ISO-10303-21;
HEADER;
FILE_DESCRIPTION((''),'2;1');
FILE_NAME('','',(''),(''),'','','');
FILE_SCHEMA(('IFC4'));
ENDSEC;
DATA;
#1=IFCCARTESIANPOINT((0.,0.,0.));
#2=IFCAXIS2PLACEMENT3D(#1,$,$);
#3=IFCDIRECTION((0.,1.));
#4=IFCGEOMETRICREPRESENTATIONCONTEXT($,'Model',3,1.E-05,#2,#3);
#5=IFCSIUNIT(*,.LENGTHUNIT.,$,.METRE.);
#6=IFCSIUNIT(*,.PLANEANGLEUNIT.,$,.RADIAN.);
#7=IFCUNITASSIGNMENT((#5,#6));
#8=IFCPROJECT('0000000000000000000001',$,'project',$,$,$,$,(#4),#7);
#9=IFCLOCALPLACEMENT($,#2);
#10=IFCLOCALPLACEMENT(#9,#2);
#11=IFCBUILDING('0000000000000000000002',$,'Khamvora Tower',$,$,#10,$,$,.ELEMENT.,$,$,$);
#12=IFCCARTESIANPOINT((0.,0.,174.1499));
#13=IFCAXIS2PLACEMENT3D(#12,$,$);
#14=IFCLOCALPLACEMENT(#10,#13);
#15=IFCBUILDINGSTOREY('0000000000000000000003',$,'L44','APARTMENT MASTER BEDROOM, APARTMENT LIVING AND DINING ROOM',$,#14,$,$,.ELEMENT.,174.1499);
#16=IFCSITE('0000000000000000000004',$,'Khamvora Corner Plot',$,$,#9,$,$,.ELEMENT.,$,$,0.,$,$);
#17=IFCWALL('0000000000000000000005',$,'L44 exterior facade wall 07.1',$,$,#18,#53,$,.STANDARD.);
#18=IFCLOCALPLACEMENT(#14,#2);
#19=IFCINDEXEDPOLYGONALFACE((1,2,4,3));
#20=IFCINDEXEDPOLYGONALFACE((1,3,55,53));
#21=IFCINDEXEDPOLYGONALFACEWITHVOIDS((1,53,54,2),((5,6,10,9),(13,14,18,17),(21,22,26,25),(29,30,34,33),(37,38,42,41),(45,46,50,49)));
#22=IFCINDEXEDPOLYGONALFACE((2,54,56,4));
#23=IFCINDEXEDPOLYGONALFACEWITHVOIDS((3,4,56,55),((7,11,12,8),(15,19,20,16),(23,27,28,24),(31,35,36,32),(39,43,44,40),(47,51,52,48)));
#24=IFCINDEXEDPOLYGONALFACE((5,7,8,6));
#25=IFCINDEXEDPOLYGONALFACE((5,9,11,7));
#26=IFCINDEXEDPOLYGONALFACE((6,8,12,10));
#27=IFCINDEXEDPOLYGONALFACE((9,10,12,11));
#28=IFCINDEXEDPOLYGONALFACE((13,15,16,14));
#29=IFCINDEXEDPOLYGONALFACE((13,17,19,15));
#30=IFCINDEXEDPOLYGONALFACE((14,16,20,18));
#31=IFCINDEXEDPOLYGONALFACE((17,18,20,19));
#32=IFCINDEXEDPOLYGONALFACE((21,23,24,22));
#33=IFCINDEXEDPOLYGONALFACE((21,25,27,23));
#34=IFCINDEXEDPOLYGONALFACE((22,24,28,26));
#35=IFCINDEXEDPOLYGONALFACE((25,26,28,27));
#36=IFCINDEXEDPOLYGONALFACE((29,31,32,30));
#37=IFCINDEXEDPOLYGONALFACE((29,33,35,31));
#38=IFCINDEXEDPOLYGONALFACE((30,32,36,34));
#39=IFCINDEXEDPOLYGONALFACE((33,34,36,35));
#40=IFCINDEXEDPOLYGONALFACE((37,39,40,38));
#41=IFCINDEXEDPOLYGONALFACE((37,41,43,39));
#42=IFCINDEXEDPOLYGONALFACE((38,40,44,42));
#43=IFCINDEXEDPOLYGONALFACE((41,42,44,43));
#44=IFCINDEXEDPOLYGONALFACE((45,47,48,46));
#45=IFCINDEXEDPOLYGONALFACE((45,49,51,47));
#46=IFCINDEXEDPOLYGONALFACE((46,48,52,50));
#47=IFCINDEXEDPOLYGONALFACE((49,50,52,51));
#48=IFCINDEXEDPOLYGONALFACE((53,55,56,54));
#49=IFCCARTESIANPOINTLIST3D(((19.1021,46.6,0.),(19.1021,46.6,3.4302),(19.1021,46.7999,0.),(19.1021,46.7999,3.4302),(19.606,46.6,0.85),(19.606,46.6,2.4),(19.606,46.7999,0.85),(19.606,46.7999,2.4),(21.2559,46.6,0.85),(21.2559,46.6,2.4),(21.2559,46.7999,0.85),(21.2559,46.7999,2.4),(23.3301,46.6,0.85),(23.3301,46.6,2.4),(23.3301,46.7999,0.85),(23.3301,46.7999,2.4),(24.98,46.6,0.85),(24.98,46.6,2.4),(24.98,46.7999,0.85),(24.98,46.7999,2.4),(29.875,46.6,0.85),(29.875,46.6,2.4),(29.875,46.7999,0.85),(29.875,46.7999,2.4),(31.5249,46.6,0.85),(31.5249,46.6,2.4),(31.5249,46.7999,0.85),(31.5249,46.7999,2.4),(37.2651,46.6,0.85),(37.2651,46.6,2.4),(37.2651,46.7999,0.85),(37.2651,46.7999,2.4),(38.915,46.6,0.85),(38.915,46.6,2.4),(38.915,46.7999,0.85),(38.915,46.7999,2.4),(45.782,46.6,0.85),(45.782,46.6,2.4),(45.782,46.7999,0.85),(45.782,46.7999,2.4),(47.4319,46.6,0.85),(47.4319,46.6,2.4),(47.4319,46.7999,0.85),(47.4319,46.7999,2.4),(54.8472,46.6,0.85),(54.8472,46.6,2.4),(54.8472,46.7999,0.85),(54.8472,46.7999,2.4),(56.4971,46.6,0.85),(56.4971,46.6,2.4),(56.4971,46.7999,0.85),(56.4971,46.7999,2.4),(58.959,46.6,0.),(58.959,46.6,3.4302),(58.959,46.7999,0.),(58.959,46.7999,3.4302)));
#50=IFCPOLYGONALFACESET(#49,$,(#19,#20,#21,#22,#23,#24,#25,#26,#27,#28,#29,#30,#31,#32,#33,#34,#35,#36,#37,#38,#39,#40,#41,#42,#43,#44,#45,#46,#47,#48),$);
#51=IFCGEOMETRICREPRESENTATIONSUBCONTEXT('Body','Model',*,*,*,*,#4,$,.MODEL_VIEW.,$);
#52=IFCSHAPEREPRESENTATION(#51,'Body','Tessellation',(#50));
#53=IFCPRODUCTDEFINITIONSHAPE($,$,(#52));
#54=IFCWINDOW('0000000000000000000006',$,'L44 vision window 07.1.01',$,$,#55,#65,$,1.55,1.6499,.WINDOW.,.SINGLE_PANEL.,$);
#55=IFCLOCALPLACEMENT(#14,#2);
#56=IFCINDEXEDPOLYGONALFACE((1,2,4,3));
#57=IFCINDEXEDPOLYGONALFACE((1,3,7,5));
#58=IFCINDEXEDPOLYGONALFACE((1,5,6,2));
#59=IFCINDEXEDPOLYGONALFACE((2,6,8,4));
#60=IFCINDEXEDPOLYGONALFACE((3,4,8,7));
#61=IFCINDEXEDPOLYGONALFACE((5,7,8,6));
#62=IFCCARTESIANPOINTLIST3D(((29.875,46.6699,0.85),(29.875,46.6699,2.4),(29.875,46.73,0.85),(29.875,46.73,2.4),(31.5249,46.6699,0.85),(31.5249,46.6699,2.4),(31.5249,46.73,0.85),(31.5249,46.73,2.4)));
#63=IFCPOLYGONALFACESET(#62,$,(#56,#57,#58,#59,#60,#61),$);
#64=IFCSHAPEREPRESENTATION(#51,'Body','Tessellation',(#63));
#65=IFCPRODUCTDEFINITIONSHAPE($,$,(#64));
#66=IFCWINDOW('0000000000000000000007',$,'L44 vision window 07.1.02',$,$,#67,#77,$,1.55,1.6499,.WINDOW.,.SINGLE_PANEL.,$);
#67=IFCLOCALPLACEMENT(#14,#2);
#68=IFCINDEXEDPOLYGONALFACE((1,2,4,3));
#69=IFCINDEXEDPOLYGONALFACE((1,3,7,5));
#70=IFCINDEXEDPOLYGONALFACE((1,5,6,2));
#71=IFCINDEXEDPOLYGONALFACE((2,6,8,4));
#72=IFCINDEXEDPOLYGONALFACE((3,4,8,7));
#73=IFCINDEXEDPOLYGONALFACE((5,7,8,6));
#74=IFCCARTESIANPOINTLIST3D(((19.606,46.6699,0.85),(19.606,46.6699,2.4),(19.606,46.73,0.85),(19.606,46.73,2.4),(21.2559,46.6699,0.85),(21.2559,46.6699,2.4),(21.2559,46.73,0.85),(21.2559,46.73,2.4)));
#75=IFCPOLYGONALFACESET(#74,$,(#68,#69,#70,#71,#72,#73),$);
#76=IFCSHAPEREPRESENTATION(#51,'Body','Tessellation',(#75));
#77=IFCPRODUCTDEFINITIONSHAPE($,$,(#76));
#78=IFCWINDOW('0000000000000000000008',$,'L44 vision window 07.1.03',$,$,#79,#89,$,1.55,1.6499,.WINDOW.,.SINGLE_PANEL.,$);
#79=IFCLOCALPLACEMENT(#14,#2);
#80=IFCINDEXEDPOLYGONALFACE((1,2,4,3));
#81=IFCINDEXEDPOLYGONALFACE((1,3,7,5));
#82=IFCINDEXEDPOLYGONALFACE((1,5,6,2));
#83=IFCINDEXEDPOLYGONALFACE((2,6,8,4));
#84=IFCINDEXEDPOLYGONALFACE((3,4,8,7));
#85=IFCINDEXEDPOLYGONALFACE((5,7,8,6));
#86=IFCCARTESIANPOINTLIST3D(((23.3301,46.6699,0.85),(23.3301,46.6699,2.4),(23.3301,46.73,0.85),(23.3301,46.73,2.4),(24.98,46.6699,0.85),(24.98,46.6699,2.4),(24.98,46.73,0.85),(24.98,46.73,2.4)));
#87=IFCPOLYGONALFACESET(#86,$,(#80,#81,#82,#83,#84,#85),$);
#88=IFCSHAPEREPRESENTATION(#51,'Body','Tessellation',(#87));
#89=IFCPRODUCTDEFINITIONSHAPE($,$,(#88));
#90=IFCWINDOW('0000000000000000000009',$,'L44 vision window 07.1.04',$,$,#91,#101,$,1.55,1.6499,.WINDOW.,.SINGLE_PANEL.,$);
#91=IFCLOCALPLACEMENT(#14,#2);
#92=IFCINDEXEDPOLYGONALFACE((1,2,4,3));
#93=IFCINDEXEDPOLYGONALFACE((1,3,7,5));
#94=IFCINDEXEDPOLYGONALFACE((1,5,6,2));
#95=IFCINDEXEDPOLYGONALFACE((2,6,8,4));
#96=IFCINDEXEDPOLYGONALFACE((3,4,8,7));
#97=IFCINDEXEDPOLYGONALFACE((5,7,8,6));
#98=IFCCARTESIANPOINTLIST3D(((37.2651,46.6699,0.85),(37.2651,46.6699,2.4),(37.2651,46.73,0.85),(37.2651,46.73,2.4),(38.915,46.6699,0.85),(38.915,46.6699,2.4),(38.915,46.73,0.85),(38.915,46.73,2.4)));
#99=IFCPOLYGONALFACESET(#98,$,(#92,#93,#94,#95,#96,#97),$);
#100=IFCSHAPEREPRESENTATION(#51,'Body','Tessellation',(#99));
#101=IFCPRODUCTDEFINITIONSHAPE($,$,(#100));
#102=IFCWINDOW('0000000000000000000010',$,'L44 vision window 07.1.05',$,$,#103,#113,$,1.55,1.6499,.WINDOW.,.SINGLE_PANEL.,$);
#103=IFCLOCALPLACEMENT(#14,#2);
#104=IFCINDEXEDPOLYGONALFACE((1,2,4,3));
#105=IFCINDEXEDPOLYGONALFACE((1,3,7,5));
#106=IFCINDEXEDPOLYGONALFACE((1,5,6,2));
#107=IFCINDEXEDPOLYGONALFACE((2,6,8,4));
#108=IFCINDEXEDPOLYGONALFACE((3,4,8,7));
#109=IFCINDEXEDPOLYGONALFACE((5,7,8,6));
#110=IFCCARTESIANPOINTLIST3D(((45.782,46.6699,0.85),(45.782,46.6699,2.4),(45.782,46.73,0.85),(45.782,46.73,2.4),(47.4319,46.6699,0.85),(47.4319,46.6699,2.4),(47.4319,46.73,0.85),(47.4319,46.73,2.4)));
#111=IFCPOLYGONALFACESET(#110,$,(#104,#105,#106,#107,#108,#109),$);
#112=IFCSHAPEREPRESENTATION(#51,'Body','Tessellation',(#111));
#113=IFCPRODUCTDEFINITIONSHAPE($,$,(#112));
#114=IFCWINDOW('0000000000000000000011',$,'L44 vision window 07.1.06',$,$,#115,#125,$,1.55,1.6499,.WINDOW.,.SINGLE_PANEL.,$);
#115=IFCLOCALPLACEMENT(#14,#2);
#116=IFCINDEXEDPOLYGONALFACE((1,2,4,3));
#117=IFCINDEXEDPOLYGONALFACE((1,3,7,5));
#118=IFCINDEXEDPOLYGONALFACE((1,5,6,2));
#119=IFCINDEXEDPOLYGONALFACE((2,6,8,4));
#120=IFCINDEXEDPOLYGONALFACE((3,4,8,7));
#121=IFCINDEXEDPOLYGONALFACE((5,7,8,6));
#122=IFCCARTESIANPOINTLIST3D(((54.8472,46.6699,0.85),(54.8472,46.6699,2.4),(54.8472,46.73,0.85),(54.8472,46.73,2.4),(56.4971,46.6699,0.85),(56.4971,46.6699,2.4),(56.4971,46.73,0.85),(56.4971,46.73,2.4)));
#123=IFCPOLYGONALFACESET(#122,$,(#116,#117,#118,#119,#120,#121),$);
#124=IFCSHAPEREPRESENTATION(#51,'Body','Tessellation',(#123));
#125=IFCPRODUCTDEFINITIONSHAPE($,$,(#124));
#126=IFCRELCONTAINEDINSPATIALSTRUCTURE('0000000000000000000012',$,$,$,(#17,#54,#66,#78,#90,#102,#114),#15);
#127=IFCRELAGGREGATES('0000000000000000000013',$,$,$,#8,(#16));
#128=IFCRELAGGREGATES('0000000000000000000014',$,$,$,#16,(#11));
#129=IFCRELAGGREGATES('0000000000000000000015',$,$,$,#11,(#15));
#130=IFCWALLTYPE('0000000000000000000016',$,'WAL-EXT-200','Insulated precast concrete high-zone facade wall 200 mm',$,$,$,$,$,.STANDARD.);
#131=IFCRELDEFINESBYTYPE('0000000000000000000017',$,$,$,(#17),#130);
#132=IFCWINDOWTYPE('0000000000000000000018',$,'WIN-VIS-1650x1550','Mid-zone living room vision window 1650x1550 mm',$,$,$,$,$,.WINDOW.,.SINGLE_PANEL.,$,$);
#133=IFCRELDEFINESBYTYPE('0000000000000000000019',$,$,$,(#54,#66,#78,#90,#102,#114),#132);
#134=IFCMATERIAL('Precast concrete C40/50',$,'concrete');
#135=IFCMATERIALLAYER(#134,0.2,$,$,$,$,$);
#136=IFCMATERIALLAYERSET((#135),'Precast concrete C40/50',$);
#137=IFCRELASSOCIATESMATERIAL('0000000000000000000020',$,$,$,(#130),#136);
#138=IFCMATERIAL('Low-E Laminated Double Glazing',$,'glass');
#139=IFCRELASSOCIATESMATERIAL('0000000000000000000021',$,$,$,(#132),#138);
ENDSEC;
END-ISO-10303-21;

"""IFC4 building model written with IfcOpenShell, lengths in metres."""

from ifc_helpers import new_model, si_unit, direction, frame, frame_2d, origin, place, context, subcontext, project, spatial, rectangle, extrude, material, layer, layer_set, type_object, element, fill, save


model = new_model("IFC4")

# Units and contexts
model_context = context("Model", 3, precision=1e-05, world=origin(), true_north=direction((0.0, 1.0)))
body_context = subcontext(model_context, "Body", "Model", "MODEL_VIEW")
ifc_project = project(units=[si_unit("LENGTHUNIT", "METRE"), si_unit("PLANEANGLEUNIT", "RADIAN")], contexts=[model_context])

# Site, building, storey
site_placement = place(None, origin())
site = spatial("IfcSite", under=ifc_project, at=site_placement, Name="Khamvora Corner Plot", CompositionType="ELEMENT", RefElevation=0.0)
building_placement = place(site_placement, origin())
building = spatial("IfcBuilding", under=site, at=building_placement, Name="Khamvora Tower", CompositionType="ELEMENT")
storey_placement = place(building_placement, frame((0.0, 0.0, 174.1499)))
storey = spatial("IfcBuildingStorey", under=building, at=storey_placement, Name="L44", Description="APARTMENT MASTER BEDROOM, APARTMENT LIVING AND DINING ROOM", CompositionType="ELEMENT", Elevation=174.1499)

# Shared definitions
ifc_material_1 = material(Name="Precast concrete C40/50", Category="concrete")
ifc_layer_1 = layer(ifc_material_1, 0.2)
ifc_layer_set_1 = layer_set([ifc_layer_1], Name="Precast concrete C40/50")
wall_type_1 = type_object("IfcWallType", Name="WAL-EXT-200", Description="Insulated precast concrete high-zone facade wall 200 mm", PredefinedType="STANDARD", material=ifc_layer_set_1)

# Wall, openings, windows
wall_1_placement = place(storey_placement, frame((19.1021, 46.7, 0.0), z_axis=(0.0, 0.0, 1.0), x_axis=(1.0, 0.0, 0.0)))
wall_1 = element("IfcWall", 1, at=wall_1_placement, inside=storey, type_object=wall_type_1, Name="L44 exterior facade wall 07.1", PredefinedType="STANDARD", context=body_context, shape_type="SweptSolid", body=[
    extrude(rectangle(XDim=39.8569, YDim=0.2, at=frame_2d((19.9285, 0.0))), origin(), (0.0, 0.0, 1.0), 3.4302),
])
opening_1_placement = place(wall_1_placement, frame((10.7729, 0.0, 0.8501)))
opening_1 = element("IfcOpeningElement", 2, at=opening_1_placement, cuts=wall_1, PredefinedType="OPENING", context=body_context, shape_type="SweptSolid", body=[
    extrude(rectangle(XDim=1.6499, YDim=1.55, at=frame_2d((0.825, 0.7749))), frame((0.0, 0.1099, 0.0), z_axis=(0.0, -1.0, 0.0), x_axis=(1.0, 0.0, 0.0)), (0.0, 0.0, 1.0), 0.22),
])
opening_2_placement = place(wall_1_placement, frame((0.5039, 0.0, 0.8501)))
opening_2 = element("IfcOpeningElement", 3, at=opening_2_placement, cuts=wall_1, PredefinedType="OPENING", context=body_context, shape_type="SweptSolid", body=[
    extrude(rectangle(XDim=1.6499, YDim=1.55, at=frame_2d((0.825, 0.7749))), frame((0.0, 0.1099, 0.0), z_axis=(0.0, -1.0, 0.0), x_axis=(1.0, 0.0, 0.0)), (0.0, 0.0, 1.0), 0.22),
])
opening_3_placement = place(wall_1_placement, frame((4.228, 0.0, 0.8501)))
opening_3 = element("IfcOpeningElement", 4, at=opening_3_placement, cuts=wall_1, PredefinedType="OPENING", context=body_context, shape_type="SweptSolid", body=[
    extrude(rectangle(XDim=1.6499, YDim=1.55, at=frame_2d((0.825, 0.7749))), frame((0.0, 0.1099, 0.0), z_axis=(0.0, -1.0, 0.0), x_axis=(1.0, 0.0, 0.0)), (0.0, 0.0, 1.0), 0.22),
])
opening_4_placement = place(wall_1_placement, frame((18.1631, 0.0, 0.8501)))
opening_4 = element("IfcOpeningElement", 5, at=opening_4_placement, cuts=wall_1, PredefinedType="OPENING", context=body_context, shape_type="SweptSolid", body=[
    extrude(rectangle(XDim=1.6499, YDim=1.55, at=frame_2d((0.825, 0.7749))), frame((0.0, 0.1099, 0.0), z_axis=(0.0, -1.0, 0.0), x_axis=(1.0, 0.0, 0.0)), (0.0, 0.0, 1.0), 0.22),
])
opening_5_placement = place(wall_1_placement, frame((26.6799, 0.0, 0.8501)))
opening_5 = element("IfcOpeningElement", 6, at=opening_5_placement, cuts=wall_1, PredefinedType="OPENING", context=body_context, shape_type="SweptSolid", body=[
    extrude(rectangle(XDim=1.6499, YDim=1.55, at=frame_2d((0.825, 0.7749))), frame((0.0, 0.1099, 0.0), z_axis=(0.0, -1.0, 0.0), x_axis=(1.0, 0.0, 0.0)), (0.0, 0.0, 1.0), 0.22),
])
opening_6_placement = place(wall_1_placement, frame((35.7451, 0.0, 0.8501)))
opening_6 = element("IfcOpeningElement", 7, at=opening_6_placement, cuts=wall_1, PredefinedType="OPENING", context=body_context, shape_type="SweptSolid", body=[
    extrude(rectangle(XDim=1.6499, YDim=1.55, at=frame_2d((0.825, 0.7749))), frame((0.0, 0.1099, 0.0), z_axis=(0.0, -1.0, 0.0), x_axis=(1.0, 0.0, 0.0)), (0.0, 0.0, 1.0), 0.22),
])
ifc_material_2 = material(Name="Low-E Laminated Double Glazing", Category="glass")
window_type = type_object("IfcWindowType", Name="WIN-VIS-1650x1550", Description="Mid-zone living room vision window 1650x1550 mm", PartitioningType="SINGLE_PANEL", PredefinedType="WINDOW", material=ifc_material_2)
window_1_placement = place(opening_1_placement, origin())
window_1 = element("IfcWindow", 8, at=window_1_placement, inside=storey, type_object=window_type, Name="L44 vision window 07.1.01", OverallHeight=1.55, OverallWidth=1.6499, PartitioningType="SINGLE_PANEL", PredefinedType="WINDOW", context=body_context, shape_type="SweptSolid", body=[
    extrude(rectangle(XDim=1.6499, YDim=1.55, at=frame_2d((0.825, 0.7749))), frame((0.0, 0.03, 0.0), z_axis=(0.0, -1.0, 0.0), x_axis=(1.0, 0.0, 0.0)), (0.0, 0.0, 1.0), 0.0601),
])
fill(opening_1, window_1)
window_2_placement = place(opening_2_placement, origin())
window_2 = element("IfcWindow", 9, at=window_2_placement, inside=storey, type_object=window_type, Name="L44 vision window 07.1.02", OverallHeight=1.55, OverallWidth=1.6499, PartitioningType="SINGLE_PANEL", PredefinedType="WINDOW", context=body_context, shape_type="SweptSolid", body=[
    extrude(rectangle(XDim=1.6499, YDim=1.55, at=frame_2d((0.825, 0.7749))), frame((0.0, 0.03, 0.0), z_axis=(0.0, -1.0, 0.0), x_axis=(1.0, 0.0, 0.0)), (0.0, 0.0, 1.0), 0.0601),
])
fill(opening_2, window_2)
window_3_placement = place(opening_3_placement, origin())
window_3 = element("IfcWindow", 10, at=window_3_placement, inside=storey, type_object=window_type, Name="L44 vision window 07.1.03", OverallHeight=1.55, OverallWidth=1.6499, PartitioningType="SINGLE_PANEL", PredefinedType="WINDOW", context=body_context, shape_type="SweptSolid", body=[
    extrude(rectangle(XDim=1.6499, YDim=1.55, at=frame_2d((0.825, 0.7749))), frame((0.0, 0.03, 0.0), z_axis=(0.0, -1.0, 0.0), x_axis=(1.0, 0.0, 0.0)), (0.0, 0.0, 1.0), 0.0601),
])
fill(opening_3, window_3)
window_4_placement = place(opening_4_placement, origin())
window_4 = element("IfcWindow", 11, at=window_4_placement, inside=storey, type_object=window_type, Name="L44 vision window 07.1.04", OverallHeight=1.55, OverallWidth=1.6499, PartitioningType="SINGLE_PANEL", PredefinedType="WINDOW", context=body_context, shape_type="SweptSolid", body=[
    extrude(rectangle(XDim=1.6499, YDim=1.55, at=frame_2d((0.825, 0.7749))), frame((0.0, 0.03, 0.0), z_axis=(0.0, -1.0, 0.0), x_axis=(1.0, 0.0, 0.0)), (0.0, 0.0, 1.0), 0.0601),
])
fill(opening_4, window_4)
window_5_placement = place(opening_5_placement, origin())
window_5 = element("IfcWindow", 12, at=window_5_placement, inside=storey, type_object=window_type, Name="L44 vision window 07.1.05", OverallHeight=1.55, OverallWidth=1.6499, PartitioningType="SINGLE_PANEL", PredefinedType="WINDOW", context=body_context, shape_type="SweptSolid", body=[
    extrude(rectangle(XDim=1.6499, YDim=1.55, at=frame_2d((0.825, 0.7749))), frame((0.0, 0.03, 0.0), z_axis=(0.0, -1.0, 0.0), x_axis=(1.0, 0.0, 0.0)), (0.0, 0.0, 1.0), 0.0601),
])
fill(opening_5, window_5)
window_6_placement = place(opening_6_placement, origin())
window_6 = element("IfcWindow", 13, at=window_6_placement, inside=storey, type_object=window_type, Name="L44 vision window 07.1.06", OverallHeight=1.55, OverallWidth=1.6499, PartitioningType="SINGLE_PANEL", PredefinedType="WINDOW", context=body_context, shape_type="SweptSolid", body=[
    extrude(rectangle(XDim=1.6499, YDim=1.55, at=frame_2d((0.825, 0.7749))), frame((0.0, 0.03, 0.0), z_axis=(0.0, -1.0, 0.0), x_axis=(1.0, 0.0, 0.0)), (0.0, 0.0, 1.0), 0.0601),
])
fill(opening_6, window_6)

save(model, "model.ifc")
